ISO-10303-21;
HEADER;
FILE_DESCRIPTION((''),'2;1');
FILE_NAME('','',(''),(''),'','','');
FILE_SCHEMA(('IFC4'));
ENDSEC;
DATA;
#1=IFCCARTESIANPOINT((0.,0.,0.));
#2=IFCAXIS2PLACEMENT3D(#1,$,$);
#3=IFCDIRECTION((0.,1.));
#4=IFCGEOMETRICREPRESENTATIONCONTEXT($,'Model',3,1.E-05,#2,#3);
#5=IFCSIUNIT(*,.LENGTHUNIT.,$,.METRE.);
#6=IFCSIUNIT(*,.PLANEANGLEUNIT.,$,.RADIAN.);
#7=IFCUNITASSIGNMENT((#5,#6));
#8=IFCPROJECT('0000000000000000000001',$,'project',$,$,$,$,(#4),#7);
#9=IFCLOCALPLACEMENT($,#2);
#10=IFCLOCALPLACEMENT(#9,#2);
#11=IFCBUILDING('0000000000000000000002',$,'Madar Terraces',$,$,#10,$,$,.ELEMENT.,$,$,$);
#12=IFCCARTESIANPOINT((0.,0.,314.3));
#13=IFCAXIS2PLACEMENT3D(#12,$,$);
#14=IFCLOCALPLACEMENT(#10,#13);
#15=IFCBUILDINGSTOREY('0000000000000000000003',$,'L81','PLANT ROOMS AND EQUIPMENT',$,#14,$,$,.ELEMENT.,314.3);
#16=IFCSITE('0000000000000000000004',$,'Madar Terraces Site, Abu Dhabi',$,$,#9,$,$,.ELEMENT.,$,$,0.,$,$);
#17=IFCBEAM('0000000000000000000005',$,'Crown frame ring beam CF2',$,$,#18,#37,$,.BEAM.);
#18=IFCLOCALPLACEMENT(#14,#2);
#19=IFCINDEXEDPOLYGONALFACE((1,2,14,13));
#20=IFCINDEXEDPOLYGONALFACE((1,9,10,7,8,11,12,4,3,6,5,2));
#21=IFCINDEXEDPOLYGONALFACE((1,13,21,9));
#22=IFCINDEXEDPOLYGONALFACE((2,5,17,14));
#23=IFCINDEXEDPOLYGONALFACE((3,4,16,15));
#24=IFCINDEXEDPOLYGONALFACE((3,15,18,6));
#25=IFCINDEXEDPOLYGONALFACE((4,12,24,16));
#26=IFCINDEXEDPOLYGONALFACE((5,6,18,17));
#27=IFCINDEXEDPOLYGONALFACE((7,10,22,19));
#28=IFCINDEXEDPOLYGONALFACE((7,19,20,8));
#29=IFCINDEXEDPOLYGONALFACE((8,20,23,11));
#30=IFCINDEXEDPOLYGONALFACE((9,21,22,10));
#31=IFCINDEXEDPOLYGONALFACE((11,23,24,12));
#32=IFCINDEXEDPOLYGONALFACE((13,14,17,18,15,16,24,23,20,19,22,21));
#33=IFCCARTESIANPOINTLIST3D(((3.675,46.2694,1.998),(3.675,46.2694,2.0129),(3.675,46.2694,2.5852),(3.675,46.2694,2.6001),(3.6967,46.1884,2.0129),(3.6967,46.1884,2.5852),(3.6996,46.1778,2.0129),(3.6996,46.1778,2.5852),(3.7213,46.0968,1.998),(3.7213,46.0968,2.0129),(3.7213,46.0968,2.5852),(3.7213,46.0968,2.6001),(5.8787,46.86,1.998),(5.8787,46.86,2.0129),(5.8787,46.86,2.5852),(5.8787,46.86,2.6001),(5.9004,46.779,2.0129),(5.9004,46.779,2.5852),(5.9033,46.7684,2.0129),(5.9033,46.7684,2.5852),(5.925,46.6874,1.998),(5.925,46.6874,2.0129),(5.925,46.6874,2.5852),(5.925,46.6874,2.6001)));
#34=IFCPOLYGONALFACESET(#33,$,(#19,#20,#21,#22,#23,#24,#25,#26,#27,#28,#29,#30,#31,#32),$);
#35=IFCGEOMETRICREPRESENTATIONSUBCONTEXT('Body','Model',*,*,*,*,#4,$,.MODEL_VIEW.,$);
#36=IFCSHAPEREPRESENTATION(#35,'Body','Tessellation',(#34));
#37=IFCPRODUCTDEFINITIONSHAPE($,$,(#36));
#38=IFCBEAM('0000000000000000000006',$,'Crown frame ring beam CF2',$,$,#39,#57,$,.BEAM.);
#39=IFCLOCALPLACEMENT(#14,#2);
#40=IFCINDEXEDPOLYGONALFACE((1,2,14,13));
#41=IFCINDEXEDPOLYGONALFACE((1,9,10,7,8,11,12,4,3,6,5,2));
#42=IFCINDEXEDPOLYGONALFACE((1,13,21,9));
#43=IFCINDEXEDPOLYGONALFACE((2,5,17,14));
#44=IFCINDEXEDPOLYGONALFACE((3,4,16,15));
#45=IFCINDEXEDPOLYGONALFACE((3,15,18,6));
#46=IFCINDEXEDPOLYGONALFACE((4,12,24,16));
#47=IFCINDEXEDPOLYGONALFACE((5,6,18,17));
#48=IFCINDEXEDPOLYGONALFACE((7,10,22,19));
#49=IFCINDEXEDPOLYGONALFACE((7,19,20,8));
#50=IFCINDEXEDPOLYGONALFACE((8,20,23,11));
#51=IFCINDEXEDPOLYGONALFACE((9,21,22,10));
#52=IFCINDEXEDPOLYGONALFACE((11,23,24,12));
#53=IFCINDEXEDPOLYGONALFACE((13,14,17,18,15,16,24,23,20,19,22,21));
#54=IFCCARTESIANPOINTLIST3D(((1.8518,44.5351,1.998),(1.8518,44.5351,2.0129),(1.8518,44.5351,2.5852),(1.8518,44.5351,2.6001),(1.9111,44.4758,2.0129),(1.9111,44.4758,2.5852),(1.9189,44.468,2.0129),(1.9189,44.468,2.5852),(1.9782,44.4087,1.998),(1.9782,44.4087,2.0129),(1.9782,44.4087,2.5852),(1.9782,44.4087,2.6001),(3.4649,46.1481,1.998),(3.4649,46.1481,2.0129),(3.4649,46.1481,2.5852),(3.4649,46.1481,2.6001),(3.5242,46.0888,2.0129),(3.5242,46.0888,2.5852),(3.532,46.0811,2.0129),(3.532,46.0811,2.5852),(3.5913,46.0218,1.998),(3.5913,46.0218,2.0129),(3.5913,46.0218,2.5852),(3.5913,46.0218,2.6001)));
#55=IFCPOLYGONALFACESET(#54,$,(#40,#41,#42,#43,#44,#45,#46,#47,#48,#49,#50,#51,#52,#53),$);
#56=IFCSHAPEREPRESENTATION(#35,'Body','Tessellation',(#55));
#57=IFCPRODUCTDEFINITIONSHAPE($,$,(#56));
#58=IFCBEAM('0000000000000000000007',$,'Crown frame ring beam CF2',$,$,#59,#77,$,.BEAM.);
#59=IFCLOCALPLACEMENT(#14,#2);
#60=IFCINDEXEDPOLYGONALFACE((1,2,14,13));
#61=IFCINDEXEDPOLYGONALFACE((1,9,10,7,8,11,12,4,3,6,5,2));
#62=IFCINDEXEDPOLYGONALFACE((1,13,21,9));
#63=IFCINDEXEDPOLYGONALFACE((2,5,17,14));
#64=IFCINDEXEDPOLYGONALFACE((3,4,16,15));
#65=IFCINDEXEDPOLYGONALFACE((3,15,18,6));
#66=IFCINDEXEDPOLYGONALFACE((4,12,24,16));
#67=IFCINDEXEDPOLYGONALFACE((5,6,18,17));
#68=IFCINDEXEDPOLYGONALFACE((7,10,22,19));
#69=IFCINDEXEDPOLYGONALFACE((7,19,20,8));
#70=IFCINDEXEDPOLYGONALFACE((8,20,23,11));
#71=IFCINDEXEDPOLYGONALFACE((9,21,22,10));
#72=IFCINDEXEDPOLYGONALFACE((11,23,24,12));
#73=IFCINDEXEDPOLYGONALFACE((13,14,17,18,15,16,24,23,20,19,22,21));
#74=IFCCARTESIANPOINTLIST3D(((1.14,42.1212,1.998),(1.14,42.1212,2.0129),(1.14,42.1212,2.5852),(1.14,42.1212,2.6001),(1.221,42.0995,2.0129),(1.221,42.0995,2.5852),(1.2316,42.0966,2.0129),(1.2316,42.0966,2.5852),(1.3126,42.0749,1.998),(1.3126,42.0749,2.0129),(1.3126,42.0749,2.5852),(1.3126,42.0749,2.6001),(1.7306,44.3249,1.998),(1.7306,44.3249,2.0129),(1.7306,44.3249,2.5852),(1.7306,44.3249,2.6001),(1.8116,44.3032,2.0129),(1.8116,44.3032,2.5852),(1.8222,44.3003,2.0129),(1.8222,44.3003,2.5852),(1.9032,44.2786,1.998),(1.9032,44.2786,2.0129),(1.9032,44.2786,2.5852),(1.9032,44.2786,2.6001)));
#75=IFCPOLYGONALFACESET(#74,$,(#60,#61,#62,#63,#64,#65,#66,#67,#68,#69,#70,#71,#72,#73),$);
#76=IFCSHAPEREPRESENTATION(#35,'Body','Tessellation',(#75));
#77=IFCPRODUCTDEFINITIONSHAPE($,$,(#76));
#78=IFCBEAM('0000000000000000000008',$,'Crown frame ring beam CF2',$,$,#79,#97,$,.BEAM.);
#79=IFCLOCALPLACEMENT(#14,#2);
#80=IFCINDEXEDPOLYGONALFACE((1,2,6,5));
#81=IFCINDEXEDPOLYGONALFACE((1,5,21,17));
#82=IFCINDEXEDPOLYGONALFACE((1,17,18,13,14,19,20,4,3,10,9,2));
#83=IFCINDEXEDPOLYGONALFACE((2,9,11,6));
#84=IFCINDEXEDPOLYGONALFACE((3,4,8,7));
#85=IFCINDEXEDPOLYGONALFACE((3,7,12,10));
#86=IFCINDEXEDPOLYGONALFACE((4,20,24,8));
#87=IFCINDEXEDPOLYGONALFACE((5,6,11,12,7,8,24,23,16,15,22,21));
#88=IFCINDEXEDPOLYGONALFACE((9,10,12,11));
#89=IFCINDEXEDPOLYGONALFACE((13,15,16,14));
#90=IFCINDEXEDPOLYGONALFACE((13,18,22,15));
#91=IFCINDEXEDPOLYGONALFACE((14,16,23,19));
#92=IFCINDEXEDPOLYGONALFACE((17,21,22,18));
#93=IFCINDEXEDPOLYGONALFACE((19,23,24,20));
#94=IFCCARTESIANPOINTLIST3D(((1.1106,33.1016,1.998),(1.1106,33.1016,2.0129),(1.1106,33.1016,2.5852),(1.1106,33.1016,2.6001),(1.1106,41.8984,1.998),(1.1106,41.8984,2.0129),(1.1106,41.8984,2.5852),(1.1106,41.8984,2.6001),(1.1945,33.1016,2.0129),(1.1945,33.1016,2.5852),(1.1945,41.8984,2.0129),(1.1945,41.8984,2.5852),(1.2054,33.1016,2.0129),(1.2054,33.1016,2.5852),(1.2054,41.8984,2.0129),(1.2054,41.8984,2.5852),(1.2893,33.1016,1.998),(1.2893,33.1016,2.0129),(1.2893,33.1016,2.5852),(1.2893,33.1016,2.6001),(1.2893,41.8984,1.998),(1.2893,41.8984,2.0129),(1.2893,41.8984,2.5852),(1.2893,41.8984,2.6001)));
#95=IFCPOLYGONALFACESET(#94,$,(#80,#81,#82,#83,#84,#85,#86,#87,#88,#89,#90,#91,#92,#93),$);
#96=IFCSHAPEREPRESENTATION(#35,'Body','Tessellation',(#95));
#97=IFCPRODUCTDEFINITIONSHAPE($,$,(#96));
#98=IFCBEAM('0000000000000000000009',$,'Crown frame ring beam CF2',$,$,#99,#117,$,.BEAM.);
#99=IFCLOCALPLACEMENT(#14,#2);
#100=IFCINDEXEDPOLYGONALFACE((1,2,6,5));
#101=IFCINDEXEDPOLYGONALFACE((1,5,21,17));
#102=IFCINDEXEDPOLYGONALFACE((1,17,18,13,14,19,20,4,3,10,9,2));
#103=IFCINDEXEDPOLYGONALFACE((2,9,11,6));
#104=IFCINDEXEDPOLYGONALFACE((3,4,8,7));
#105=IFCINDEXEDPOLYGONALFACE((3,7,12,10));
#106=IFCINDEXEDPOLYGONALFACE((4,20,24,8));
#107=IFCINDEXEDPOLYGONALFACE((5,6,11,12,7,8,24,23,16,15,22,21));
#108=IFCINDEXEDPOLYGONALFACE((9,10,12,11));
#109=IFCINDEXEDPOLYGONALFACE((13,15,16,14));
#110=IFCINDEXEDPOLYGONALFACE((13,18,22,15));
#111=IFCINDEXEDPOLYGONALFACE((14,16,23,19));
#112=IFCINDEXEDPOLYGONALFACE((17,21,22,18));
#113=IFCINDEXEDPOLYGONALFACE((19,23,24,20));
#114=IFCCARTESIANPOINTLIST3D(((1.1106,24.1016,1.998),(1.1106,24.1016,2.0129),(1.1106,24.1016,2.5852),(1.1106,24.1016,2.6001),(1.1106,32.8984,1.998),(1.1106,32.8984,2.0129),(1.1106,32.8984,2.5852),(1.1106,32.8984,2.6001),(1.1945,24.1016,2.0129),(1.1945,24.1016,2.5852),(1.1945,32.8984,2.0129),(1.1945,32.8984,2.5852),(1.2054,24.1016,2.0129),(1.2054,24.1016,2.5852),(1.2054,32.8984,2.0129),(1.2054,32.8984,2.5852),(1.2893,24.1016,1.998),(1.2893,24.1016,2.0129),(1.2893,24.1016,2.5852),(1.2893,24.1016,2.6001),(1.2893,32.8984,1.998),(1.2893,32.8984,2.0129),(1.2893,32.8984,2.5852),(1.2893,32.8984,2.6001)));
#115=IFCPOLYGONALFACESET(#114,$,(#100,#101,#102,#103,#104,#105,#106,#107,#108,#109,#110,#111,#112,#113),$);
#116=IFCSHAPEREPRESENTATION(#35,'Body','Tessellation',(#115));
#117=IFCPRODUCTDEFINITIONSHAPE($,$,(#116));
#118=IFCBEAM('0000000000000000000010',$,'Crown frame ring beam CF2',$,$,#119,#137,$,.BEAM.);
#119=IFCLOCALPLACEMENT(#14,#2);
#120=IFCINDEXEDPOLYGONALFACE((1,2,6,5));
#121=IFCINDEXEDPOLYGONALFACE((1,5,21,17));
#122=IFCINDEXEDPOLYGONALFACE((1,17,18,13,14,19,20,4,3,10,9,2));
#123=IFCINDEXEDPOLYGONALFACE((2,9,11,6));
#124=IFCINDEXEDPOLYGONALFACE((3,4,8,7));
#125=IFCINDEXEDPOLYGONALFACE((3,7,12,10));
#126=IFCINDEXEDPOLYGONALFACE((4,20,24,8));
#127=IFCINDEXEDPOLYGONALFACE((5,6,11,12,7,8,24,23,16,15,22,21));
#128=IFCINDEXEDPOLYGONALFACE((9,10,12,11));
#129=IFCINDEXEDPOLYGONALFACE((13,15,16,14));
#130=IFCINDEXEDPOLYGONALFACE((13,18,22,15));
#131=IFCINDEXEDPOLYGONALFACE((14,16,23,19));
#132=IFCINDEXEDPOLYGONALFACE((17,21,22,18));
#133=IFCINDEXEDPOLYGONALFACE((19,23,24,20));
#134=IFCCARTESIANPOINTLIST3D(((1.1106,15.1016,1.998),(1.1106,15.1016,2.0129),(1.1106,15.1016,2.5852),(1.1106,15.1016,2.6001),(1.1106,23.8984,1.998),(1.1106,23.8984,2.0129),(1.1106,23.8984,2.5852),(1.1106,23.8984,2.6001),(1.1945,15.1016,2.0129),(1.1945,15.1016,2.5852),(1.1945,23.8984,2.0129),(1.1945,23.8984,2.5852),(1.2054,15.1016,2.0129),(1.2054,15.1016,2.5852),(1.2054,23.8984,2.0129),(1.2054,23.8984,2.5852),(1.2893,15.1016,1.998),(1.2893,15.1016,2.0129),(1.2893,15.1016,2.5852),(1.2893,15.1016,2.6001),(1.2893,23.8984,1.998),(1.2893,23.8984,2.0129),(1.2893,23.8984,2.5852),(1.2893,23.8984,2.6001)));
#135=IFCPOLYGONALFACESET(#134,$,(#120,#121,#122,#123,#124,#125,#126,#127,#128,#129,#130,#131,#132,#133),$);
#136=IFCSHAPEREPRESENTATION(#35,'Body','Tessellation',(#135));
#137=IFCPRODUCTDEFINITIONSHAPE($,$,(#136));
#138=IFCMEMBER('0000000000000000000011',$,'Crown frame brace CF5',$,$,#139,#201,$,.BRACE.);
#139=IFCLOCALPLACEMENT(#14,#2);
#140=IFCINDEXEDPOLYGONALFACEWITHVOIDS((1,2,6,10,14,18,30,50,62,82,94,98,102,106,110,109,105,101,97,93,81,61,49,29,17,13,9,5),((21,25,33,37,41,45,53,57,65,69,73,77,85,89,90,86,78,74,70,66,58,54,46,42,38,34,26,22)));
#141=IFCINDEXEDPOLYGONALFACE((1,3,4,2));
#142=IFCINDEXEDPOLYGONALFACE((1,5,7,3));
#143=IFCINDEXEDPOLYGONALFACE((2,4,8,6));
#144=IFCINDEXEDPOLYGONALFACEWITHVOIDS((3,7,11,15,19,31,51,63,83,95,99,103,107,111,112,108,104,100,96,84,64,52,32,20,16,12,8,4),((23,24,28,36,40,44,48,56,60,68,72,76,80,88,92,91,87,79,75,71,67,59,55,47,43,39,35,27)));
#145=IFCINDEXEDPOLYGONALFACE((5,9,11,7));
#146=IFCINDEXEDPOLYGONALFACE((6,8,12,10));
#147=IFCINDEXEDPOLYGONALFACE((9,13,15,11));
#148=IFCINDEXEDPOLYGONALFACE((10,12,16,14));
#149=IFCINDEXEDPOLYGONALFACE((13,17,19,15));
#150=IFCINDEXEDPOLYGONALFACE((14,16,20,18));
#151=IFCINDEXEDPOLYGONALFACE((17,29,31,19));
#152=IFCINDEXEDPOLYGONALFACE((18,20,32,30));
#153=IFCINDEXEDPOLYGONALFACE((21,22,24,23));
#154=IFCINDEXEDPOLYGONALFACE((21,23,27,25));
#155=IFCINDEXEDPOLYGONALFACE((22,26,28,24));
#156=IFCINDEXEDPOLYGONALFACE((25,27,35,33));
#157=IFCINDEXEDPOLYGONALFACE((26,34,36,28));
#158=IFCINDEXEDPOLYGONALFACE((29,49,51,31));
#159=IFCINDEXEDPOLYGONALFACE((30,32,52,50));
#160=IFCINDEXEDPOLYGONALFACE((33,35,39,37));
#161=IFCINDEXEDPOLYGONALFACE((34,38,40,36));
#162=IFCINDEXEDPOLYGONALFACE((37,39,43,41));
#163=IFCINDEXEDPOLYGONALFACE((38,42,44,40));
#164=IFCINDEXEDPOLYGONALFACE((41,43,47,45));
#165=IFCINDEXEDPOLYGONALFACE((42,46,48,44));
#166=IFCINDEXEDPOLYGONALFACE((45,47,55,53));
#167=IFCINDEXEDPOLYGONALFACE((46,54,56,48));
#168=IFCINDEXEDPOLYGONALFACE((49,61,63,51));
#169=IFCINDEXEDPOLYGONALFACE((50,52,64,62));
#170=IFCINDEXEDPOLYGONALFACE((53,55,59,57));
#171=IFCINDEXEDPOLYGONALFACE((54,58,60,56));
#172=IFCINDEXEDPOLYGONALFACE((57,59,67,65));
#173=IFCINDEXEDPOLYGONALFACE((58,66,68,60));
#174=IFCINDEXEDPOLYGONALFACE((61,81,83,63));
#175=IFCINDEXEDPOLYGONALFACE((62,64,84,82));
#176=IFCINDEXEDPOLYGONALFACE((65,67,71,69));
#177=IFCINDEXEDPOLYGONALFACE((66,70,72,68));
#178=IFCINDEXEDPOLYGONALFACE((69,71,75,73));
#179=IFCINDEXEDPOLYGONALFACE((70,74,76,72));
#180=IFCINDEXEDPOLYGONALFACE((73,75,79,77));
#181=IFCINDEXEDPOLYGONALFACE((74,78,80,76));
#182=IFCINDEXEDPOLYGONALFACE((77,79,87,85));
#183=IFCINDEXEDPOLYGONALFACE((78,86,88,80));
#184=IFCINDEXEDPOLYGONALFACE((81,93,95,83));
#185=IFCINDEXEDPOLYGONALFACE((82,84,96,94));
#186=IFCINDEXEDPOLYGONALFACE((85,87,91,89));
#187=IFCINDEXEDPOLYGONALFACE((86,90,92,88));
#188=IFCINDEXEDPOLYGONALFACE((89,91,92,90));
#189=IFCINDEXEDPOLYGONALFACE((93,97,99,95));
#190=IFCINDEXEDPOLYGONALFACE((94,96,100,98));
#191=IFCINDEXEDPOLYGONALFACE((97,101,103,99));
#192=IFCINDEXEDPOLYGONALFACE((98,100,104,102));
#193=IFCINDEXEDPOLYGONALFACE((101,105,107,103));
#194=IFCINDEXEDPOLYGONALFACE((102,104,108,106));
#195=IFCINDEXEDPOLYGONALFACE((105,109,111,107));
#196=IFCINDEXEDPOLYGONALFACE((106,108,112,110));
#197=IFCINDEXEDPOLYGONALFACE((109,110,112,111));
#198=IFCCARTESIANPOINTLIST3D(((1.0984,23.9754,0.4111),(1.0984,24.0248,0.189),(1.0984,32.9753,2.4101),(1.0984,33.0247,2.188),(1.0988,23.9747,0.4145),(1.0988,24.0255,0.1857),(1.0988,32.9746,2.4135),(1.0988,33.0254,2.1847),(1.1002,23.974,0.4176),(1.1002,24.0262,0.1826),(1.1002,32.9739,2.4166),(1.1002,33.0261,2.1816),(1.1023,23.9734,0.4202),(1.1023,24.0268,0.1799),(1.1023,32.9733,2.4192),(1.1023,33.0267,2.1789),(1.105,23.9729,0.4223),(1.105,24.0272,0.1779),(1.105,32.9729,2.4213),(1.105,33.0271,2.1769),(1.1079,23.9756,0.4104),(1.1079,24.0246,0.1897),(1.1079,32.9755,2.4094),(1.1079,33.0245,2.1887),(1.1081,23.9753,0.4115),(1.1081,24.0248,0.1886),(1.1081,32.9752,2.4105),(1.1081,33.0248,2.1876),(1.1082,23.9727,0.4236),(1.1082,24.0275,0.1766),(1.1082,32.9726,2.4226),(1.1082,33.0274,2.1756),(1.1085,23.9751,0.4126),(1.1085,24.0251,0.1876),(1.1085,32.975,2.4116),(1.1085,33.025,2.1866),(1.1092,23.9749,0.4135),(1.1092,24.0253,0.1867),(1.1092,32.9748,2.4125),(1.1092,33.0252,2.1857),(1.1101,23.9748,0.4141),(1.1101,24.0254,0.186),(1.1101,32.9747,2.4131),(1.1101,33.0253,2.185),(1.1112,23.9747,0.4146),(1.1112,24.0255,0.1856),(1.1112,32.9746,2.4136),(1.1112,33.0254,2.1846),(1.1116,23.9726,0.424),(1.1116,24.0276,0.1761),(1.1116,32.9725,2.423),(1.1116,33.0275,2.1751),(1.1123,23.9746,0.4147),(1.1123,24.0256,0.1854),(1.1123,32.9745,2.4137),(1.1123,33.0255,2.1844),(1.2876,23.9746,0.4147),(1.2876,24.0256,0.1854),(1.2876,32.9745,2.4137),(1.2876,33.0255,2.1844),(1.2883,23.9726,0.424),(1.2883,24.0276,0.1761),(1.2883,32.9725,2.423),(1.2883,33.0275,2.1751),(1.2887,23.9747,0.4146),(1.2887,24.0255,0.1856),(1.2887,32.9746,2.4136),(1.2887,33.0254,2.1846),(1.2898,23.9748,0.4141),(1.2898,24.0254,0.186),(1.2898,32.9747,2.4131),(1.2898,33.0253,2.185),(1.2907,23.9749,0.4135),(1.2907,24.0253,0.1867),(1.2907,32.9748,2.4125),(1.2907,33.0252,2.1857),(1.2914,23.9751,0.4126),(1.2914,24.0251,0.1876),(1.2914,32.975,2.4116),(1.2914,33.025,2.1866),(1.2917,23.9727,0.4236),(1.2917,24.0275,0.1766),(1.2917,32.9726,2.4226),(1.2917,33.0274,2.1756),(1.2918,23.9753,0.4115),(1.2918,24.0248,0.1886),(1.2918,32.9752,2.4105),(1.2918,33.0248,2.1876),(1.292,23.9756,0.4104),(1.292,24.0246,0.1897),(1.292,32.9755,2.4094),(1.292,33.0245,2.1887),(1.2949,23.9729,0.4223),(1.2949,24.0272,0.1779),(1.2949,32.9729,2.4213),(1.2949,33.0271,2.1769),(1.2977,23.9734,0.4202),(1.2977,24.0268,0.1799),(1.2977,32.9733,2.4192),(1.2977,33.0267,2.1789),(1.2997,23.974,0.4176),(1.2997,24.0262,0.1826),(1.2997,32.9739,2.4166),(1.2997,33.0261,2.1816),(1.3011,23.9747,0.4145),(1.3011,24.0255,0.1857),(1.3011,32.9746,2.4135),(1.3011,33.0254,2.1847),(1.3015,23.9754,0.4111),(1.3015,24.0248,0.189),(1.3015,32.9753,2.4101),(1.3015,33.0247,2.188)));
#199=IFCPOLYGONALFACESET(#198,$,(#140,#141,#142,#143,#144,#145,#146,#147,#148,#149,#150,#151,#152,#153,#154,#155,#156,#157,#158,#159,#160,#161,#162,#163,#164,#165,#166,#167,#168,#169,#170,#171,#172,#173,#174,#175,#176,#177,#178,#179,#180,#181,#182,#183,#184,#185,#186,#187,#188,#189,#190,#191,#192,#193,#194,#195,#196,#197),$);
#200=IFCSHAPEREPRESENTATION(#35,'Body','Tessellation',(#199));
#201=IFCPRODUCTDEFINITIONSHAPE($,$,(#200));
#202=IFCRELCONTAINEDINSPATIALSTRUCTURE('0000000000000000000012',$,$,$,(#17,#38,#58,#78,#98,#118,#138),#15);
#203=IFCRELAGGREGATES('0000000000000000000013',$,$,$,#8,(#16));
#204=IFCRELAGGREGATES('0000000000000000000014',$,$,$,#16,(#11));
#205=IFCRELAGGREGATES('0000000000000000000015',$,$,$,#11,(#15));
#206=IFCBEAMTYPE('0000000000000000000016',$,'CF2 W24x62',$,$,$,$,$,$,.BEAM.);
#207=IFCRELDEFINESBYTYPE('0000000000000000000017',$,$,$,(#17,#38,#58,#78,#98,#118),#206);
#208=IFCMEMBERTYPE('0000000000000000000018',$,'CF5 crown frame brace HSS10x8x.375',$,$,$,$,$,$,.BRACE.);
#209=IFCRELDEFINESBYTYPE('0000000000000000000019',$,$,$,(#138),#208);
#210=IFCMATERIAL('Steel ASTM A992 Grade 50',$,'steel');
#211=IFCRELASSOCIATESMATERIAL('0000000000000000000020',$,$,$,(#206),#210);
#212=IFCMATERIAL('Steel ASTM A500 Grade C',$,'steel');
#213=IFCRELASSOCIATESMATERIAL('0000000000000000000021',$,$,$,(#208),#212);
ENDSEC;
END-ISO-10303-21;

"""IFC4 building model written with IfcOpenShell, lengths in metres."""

from ifc_helpers import new_model, si_unit, direction, frame, origin, origin_2d, place, context, subcontext, project, spatial, hollow_rectangle, i_section, extrude, material, material_profile, profile_set, type_object, element, save


model = new_model("IFC4")

# Units and contexts
model_context = context("Model", 3, precision=1e-05, world=origin(), true_north=direction((0.0, 1.0)))
body_context = subcontext(model_context, "Body", "Model", "MODEL_VIEW")
ifc_project = project(units=[si_unit("LENGTHUNIT", "METRE"), si_unit("PLANEANGLEUNIT", "RADIAN")], contexts=[model_context])

# Site, building, storey
site_placement = place(None, origin())
site = spatial("IfcSite", under=ifc_project, at=site_placement, Name="Madar Terraces Site, Abu Dhabi", CompositionType="ELEMENT", RefElevation=0.0)
building_placement = place(site_placement, origin())
building = spatial("IfcBuilding", under=site, at=building_placement, Name="Madar Terraces", CompositionType="ELEMENT")
storey_placement = place(building_placement, frame((0.0, 0.0, 314.3)))
storey = spatial("IfcBuildingStorey", under=building, at=storey_placement, Name="L81", Description="PLANT ROOMS AND EQUIPMENT", CompositionType="ELEMENT", Elevation=314.3)

# Beams
ifc_material_1 = material(Name="Steel ASTM A992 Grade 50", Category="steel")
ifc_material_profile_1 = material_profile(ifc_material_1, i_section(OverallWidth=0.1787, OverallDepth=0.6021, WebThickness=0.011, FlangeThickness=0.0149, at=origin_2d()), Name="W24x62")
ifc_profile_set_1 = profile_set([ifc_material_profile_1], Name="Steel ASTM A992 Grade 50")
beam_type = type_object("IfcBeamType", Name="CF2 W24x62", PredefinedType="BEAM", material=ifc_profile_set_1)
beam_1_placement = place(storey_placement, frame((5.9019, 46.7737, 2.2991), z_axis=(-0.965913, -0.258868, 0.0), x_axis=(0.258868, -0.965913, 0.0)))
element("IfcBeam", 1, at=beam_1_placement, inside=storey, type_object=beam_type, Name="Crown frame ring beam CF2", PredefinedType="BEAM", context=body_context, shape_type="SweptSolid", body=[
    extrude(i_section(OverallWidth=0.1787, OverallDepth=0.6021, WebThickness=0.011, FlangeThickness=0.0149, at=origin_2d()), origin(), (0.0, 0.0, 1.0), 2.2815),
])
beam_2_placement = place(storey_placement, frame((3.5281, 46.085, 2.2991), z_axis=(-0.707107, -0.707107, 0.0), x_axis=(0.707107, -0.707107, 0.0)))
element("IfcBeam", 2, at=beam_2_placement, inside=storey, type_object=beam_type, Name="Crown frame ring beam CF2", PredefinedType="BEAM", context=body_context, shape_type="SweptSolid", body=[
    extrude(i_section(OverallWidth=0.1787, OverallDepth=0.6021, WebThickness=0.011, FlangeThickness=0.0149, at=origin_2d()), origin(), (0.0, 0.0, 1.0), 2.2812),
])
beam_3_placement = place(storey_placement, frame((1.8169, 44.3018, 2.2991), z_axis=(-0.258868, -0.965913, 0.0), x_axis=(0.965913, -0.258868, 0.0)))
element("IfcBeam", 3, at=beam_3_placement, inside=storey, type_object=beam_type, Name="Crown frame ring beam CF2", PredefinedType="BEAM", context=body_context, shape_type="SweptSolid", body=[
    extrude(i_section(OverallWidth=0.1787, OverallDepth=0.6021, WebThickness=0.011, FlangeThickness=0.0149, at=origin_2d()), origin(), (0.0, 0.0, 1.0), 2.2815),
])
for number, where, z_axis, x_axis, name in (
    (4, (1.2, 41.8984, 2.2991), (0.0, -1.0, 0.0), (1.0, 0.0, 0.0), "Crown frame ring beam CF2"),
    (5, (1.2, 32.8984, 2.2991), (0.0, -1.0, 0.0), (1.0, 0.0, 0.0), "Crown frame ring beam CF2"),
    (6, (1.2, 23.8984, 2.2991), (0.0, -1.0, 0.0), (1.0, 0.0, 0.0), "Crown frame ring beam CF2"),
):
    element("IfcBeam", number, at=place(storey_placement, frame(where, z_axis=z_axis, x_axis=x_axis)), inside=storey, type_object=beam_type, Name=name, PredefinedType="BEAM", context=body_context, shape_type="SweptSolid", body=[
        extrude(i_section(OverallWidth=0.1787, OverallDepth=0.6021, WebThickness=0.011, FlangeThickness=0.0149, at=origin_2d()), origin(), (0.0, 0.0, 1.0), 8.7969),
    ])

# Member
ifc_material_2 = material(Name="Steel ASTM A500 Grade C", Category="steel")
ifc_material_profile_2 = material_profile(ifc_material_2, hollow_rectangle(XDim=0.2031, YDim=0.2539, WallThickness=0.0095, InnerFilletRadius=0.0044, OuterFilletRadius=0.0132, at=origin_2d()), Name="HSS10x8x.375")
ifc_profile_set_2 = profile_set([ifc_material_profile_2], Name="Steel ASTM A500 Grade C")
member_type_1 = type_object("IfcMemberType", Name="CF5 crown frame brace HSS10x8x.375", PredefinedType="BRACE", material=ifc_profile_set_2)
member_placement = place(storey_placement, frame((1.2, 33.0, 2.2991), z_axis=(0.0, -0.976209, -0.21683), x_axis=(1.0, 0.0, 0.0)))
element("IfcMember", 7, at=member_placement, inside=storey, type_object=member_type_1, Name="Crown frame brace CF5", PredefinedType="BRACE", context=body_context, shape_type="SweptSolid", body=[
    extrude(hollow_rectangle(XDim=0.2031, YDim=0.2539, WallThickness=0.0095, InnerFilletRadius=0.0044, OuterFilletRadius=0.0132, at=origin_2d()), origin(), (0.0, 0.0, 1.0), 9.2192),
])

save(model, "model.ifc")
